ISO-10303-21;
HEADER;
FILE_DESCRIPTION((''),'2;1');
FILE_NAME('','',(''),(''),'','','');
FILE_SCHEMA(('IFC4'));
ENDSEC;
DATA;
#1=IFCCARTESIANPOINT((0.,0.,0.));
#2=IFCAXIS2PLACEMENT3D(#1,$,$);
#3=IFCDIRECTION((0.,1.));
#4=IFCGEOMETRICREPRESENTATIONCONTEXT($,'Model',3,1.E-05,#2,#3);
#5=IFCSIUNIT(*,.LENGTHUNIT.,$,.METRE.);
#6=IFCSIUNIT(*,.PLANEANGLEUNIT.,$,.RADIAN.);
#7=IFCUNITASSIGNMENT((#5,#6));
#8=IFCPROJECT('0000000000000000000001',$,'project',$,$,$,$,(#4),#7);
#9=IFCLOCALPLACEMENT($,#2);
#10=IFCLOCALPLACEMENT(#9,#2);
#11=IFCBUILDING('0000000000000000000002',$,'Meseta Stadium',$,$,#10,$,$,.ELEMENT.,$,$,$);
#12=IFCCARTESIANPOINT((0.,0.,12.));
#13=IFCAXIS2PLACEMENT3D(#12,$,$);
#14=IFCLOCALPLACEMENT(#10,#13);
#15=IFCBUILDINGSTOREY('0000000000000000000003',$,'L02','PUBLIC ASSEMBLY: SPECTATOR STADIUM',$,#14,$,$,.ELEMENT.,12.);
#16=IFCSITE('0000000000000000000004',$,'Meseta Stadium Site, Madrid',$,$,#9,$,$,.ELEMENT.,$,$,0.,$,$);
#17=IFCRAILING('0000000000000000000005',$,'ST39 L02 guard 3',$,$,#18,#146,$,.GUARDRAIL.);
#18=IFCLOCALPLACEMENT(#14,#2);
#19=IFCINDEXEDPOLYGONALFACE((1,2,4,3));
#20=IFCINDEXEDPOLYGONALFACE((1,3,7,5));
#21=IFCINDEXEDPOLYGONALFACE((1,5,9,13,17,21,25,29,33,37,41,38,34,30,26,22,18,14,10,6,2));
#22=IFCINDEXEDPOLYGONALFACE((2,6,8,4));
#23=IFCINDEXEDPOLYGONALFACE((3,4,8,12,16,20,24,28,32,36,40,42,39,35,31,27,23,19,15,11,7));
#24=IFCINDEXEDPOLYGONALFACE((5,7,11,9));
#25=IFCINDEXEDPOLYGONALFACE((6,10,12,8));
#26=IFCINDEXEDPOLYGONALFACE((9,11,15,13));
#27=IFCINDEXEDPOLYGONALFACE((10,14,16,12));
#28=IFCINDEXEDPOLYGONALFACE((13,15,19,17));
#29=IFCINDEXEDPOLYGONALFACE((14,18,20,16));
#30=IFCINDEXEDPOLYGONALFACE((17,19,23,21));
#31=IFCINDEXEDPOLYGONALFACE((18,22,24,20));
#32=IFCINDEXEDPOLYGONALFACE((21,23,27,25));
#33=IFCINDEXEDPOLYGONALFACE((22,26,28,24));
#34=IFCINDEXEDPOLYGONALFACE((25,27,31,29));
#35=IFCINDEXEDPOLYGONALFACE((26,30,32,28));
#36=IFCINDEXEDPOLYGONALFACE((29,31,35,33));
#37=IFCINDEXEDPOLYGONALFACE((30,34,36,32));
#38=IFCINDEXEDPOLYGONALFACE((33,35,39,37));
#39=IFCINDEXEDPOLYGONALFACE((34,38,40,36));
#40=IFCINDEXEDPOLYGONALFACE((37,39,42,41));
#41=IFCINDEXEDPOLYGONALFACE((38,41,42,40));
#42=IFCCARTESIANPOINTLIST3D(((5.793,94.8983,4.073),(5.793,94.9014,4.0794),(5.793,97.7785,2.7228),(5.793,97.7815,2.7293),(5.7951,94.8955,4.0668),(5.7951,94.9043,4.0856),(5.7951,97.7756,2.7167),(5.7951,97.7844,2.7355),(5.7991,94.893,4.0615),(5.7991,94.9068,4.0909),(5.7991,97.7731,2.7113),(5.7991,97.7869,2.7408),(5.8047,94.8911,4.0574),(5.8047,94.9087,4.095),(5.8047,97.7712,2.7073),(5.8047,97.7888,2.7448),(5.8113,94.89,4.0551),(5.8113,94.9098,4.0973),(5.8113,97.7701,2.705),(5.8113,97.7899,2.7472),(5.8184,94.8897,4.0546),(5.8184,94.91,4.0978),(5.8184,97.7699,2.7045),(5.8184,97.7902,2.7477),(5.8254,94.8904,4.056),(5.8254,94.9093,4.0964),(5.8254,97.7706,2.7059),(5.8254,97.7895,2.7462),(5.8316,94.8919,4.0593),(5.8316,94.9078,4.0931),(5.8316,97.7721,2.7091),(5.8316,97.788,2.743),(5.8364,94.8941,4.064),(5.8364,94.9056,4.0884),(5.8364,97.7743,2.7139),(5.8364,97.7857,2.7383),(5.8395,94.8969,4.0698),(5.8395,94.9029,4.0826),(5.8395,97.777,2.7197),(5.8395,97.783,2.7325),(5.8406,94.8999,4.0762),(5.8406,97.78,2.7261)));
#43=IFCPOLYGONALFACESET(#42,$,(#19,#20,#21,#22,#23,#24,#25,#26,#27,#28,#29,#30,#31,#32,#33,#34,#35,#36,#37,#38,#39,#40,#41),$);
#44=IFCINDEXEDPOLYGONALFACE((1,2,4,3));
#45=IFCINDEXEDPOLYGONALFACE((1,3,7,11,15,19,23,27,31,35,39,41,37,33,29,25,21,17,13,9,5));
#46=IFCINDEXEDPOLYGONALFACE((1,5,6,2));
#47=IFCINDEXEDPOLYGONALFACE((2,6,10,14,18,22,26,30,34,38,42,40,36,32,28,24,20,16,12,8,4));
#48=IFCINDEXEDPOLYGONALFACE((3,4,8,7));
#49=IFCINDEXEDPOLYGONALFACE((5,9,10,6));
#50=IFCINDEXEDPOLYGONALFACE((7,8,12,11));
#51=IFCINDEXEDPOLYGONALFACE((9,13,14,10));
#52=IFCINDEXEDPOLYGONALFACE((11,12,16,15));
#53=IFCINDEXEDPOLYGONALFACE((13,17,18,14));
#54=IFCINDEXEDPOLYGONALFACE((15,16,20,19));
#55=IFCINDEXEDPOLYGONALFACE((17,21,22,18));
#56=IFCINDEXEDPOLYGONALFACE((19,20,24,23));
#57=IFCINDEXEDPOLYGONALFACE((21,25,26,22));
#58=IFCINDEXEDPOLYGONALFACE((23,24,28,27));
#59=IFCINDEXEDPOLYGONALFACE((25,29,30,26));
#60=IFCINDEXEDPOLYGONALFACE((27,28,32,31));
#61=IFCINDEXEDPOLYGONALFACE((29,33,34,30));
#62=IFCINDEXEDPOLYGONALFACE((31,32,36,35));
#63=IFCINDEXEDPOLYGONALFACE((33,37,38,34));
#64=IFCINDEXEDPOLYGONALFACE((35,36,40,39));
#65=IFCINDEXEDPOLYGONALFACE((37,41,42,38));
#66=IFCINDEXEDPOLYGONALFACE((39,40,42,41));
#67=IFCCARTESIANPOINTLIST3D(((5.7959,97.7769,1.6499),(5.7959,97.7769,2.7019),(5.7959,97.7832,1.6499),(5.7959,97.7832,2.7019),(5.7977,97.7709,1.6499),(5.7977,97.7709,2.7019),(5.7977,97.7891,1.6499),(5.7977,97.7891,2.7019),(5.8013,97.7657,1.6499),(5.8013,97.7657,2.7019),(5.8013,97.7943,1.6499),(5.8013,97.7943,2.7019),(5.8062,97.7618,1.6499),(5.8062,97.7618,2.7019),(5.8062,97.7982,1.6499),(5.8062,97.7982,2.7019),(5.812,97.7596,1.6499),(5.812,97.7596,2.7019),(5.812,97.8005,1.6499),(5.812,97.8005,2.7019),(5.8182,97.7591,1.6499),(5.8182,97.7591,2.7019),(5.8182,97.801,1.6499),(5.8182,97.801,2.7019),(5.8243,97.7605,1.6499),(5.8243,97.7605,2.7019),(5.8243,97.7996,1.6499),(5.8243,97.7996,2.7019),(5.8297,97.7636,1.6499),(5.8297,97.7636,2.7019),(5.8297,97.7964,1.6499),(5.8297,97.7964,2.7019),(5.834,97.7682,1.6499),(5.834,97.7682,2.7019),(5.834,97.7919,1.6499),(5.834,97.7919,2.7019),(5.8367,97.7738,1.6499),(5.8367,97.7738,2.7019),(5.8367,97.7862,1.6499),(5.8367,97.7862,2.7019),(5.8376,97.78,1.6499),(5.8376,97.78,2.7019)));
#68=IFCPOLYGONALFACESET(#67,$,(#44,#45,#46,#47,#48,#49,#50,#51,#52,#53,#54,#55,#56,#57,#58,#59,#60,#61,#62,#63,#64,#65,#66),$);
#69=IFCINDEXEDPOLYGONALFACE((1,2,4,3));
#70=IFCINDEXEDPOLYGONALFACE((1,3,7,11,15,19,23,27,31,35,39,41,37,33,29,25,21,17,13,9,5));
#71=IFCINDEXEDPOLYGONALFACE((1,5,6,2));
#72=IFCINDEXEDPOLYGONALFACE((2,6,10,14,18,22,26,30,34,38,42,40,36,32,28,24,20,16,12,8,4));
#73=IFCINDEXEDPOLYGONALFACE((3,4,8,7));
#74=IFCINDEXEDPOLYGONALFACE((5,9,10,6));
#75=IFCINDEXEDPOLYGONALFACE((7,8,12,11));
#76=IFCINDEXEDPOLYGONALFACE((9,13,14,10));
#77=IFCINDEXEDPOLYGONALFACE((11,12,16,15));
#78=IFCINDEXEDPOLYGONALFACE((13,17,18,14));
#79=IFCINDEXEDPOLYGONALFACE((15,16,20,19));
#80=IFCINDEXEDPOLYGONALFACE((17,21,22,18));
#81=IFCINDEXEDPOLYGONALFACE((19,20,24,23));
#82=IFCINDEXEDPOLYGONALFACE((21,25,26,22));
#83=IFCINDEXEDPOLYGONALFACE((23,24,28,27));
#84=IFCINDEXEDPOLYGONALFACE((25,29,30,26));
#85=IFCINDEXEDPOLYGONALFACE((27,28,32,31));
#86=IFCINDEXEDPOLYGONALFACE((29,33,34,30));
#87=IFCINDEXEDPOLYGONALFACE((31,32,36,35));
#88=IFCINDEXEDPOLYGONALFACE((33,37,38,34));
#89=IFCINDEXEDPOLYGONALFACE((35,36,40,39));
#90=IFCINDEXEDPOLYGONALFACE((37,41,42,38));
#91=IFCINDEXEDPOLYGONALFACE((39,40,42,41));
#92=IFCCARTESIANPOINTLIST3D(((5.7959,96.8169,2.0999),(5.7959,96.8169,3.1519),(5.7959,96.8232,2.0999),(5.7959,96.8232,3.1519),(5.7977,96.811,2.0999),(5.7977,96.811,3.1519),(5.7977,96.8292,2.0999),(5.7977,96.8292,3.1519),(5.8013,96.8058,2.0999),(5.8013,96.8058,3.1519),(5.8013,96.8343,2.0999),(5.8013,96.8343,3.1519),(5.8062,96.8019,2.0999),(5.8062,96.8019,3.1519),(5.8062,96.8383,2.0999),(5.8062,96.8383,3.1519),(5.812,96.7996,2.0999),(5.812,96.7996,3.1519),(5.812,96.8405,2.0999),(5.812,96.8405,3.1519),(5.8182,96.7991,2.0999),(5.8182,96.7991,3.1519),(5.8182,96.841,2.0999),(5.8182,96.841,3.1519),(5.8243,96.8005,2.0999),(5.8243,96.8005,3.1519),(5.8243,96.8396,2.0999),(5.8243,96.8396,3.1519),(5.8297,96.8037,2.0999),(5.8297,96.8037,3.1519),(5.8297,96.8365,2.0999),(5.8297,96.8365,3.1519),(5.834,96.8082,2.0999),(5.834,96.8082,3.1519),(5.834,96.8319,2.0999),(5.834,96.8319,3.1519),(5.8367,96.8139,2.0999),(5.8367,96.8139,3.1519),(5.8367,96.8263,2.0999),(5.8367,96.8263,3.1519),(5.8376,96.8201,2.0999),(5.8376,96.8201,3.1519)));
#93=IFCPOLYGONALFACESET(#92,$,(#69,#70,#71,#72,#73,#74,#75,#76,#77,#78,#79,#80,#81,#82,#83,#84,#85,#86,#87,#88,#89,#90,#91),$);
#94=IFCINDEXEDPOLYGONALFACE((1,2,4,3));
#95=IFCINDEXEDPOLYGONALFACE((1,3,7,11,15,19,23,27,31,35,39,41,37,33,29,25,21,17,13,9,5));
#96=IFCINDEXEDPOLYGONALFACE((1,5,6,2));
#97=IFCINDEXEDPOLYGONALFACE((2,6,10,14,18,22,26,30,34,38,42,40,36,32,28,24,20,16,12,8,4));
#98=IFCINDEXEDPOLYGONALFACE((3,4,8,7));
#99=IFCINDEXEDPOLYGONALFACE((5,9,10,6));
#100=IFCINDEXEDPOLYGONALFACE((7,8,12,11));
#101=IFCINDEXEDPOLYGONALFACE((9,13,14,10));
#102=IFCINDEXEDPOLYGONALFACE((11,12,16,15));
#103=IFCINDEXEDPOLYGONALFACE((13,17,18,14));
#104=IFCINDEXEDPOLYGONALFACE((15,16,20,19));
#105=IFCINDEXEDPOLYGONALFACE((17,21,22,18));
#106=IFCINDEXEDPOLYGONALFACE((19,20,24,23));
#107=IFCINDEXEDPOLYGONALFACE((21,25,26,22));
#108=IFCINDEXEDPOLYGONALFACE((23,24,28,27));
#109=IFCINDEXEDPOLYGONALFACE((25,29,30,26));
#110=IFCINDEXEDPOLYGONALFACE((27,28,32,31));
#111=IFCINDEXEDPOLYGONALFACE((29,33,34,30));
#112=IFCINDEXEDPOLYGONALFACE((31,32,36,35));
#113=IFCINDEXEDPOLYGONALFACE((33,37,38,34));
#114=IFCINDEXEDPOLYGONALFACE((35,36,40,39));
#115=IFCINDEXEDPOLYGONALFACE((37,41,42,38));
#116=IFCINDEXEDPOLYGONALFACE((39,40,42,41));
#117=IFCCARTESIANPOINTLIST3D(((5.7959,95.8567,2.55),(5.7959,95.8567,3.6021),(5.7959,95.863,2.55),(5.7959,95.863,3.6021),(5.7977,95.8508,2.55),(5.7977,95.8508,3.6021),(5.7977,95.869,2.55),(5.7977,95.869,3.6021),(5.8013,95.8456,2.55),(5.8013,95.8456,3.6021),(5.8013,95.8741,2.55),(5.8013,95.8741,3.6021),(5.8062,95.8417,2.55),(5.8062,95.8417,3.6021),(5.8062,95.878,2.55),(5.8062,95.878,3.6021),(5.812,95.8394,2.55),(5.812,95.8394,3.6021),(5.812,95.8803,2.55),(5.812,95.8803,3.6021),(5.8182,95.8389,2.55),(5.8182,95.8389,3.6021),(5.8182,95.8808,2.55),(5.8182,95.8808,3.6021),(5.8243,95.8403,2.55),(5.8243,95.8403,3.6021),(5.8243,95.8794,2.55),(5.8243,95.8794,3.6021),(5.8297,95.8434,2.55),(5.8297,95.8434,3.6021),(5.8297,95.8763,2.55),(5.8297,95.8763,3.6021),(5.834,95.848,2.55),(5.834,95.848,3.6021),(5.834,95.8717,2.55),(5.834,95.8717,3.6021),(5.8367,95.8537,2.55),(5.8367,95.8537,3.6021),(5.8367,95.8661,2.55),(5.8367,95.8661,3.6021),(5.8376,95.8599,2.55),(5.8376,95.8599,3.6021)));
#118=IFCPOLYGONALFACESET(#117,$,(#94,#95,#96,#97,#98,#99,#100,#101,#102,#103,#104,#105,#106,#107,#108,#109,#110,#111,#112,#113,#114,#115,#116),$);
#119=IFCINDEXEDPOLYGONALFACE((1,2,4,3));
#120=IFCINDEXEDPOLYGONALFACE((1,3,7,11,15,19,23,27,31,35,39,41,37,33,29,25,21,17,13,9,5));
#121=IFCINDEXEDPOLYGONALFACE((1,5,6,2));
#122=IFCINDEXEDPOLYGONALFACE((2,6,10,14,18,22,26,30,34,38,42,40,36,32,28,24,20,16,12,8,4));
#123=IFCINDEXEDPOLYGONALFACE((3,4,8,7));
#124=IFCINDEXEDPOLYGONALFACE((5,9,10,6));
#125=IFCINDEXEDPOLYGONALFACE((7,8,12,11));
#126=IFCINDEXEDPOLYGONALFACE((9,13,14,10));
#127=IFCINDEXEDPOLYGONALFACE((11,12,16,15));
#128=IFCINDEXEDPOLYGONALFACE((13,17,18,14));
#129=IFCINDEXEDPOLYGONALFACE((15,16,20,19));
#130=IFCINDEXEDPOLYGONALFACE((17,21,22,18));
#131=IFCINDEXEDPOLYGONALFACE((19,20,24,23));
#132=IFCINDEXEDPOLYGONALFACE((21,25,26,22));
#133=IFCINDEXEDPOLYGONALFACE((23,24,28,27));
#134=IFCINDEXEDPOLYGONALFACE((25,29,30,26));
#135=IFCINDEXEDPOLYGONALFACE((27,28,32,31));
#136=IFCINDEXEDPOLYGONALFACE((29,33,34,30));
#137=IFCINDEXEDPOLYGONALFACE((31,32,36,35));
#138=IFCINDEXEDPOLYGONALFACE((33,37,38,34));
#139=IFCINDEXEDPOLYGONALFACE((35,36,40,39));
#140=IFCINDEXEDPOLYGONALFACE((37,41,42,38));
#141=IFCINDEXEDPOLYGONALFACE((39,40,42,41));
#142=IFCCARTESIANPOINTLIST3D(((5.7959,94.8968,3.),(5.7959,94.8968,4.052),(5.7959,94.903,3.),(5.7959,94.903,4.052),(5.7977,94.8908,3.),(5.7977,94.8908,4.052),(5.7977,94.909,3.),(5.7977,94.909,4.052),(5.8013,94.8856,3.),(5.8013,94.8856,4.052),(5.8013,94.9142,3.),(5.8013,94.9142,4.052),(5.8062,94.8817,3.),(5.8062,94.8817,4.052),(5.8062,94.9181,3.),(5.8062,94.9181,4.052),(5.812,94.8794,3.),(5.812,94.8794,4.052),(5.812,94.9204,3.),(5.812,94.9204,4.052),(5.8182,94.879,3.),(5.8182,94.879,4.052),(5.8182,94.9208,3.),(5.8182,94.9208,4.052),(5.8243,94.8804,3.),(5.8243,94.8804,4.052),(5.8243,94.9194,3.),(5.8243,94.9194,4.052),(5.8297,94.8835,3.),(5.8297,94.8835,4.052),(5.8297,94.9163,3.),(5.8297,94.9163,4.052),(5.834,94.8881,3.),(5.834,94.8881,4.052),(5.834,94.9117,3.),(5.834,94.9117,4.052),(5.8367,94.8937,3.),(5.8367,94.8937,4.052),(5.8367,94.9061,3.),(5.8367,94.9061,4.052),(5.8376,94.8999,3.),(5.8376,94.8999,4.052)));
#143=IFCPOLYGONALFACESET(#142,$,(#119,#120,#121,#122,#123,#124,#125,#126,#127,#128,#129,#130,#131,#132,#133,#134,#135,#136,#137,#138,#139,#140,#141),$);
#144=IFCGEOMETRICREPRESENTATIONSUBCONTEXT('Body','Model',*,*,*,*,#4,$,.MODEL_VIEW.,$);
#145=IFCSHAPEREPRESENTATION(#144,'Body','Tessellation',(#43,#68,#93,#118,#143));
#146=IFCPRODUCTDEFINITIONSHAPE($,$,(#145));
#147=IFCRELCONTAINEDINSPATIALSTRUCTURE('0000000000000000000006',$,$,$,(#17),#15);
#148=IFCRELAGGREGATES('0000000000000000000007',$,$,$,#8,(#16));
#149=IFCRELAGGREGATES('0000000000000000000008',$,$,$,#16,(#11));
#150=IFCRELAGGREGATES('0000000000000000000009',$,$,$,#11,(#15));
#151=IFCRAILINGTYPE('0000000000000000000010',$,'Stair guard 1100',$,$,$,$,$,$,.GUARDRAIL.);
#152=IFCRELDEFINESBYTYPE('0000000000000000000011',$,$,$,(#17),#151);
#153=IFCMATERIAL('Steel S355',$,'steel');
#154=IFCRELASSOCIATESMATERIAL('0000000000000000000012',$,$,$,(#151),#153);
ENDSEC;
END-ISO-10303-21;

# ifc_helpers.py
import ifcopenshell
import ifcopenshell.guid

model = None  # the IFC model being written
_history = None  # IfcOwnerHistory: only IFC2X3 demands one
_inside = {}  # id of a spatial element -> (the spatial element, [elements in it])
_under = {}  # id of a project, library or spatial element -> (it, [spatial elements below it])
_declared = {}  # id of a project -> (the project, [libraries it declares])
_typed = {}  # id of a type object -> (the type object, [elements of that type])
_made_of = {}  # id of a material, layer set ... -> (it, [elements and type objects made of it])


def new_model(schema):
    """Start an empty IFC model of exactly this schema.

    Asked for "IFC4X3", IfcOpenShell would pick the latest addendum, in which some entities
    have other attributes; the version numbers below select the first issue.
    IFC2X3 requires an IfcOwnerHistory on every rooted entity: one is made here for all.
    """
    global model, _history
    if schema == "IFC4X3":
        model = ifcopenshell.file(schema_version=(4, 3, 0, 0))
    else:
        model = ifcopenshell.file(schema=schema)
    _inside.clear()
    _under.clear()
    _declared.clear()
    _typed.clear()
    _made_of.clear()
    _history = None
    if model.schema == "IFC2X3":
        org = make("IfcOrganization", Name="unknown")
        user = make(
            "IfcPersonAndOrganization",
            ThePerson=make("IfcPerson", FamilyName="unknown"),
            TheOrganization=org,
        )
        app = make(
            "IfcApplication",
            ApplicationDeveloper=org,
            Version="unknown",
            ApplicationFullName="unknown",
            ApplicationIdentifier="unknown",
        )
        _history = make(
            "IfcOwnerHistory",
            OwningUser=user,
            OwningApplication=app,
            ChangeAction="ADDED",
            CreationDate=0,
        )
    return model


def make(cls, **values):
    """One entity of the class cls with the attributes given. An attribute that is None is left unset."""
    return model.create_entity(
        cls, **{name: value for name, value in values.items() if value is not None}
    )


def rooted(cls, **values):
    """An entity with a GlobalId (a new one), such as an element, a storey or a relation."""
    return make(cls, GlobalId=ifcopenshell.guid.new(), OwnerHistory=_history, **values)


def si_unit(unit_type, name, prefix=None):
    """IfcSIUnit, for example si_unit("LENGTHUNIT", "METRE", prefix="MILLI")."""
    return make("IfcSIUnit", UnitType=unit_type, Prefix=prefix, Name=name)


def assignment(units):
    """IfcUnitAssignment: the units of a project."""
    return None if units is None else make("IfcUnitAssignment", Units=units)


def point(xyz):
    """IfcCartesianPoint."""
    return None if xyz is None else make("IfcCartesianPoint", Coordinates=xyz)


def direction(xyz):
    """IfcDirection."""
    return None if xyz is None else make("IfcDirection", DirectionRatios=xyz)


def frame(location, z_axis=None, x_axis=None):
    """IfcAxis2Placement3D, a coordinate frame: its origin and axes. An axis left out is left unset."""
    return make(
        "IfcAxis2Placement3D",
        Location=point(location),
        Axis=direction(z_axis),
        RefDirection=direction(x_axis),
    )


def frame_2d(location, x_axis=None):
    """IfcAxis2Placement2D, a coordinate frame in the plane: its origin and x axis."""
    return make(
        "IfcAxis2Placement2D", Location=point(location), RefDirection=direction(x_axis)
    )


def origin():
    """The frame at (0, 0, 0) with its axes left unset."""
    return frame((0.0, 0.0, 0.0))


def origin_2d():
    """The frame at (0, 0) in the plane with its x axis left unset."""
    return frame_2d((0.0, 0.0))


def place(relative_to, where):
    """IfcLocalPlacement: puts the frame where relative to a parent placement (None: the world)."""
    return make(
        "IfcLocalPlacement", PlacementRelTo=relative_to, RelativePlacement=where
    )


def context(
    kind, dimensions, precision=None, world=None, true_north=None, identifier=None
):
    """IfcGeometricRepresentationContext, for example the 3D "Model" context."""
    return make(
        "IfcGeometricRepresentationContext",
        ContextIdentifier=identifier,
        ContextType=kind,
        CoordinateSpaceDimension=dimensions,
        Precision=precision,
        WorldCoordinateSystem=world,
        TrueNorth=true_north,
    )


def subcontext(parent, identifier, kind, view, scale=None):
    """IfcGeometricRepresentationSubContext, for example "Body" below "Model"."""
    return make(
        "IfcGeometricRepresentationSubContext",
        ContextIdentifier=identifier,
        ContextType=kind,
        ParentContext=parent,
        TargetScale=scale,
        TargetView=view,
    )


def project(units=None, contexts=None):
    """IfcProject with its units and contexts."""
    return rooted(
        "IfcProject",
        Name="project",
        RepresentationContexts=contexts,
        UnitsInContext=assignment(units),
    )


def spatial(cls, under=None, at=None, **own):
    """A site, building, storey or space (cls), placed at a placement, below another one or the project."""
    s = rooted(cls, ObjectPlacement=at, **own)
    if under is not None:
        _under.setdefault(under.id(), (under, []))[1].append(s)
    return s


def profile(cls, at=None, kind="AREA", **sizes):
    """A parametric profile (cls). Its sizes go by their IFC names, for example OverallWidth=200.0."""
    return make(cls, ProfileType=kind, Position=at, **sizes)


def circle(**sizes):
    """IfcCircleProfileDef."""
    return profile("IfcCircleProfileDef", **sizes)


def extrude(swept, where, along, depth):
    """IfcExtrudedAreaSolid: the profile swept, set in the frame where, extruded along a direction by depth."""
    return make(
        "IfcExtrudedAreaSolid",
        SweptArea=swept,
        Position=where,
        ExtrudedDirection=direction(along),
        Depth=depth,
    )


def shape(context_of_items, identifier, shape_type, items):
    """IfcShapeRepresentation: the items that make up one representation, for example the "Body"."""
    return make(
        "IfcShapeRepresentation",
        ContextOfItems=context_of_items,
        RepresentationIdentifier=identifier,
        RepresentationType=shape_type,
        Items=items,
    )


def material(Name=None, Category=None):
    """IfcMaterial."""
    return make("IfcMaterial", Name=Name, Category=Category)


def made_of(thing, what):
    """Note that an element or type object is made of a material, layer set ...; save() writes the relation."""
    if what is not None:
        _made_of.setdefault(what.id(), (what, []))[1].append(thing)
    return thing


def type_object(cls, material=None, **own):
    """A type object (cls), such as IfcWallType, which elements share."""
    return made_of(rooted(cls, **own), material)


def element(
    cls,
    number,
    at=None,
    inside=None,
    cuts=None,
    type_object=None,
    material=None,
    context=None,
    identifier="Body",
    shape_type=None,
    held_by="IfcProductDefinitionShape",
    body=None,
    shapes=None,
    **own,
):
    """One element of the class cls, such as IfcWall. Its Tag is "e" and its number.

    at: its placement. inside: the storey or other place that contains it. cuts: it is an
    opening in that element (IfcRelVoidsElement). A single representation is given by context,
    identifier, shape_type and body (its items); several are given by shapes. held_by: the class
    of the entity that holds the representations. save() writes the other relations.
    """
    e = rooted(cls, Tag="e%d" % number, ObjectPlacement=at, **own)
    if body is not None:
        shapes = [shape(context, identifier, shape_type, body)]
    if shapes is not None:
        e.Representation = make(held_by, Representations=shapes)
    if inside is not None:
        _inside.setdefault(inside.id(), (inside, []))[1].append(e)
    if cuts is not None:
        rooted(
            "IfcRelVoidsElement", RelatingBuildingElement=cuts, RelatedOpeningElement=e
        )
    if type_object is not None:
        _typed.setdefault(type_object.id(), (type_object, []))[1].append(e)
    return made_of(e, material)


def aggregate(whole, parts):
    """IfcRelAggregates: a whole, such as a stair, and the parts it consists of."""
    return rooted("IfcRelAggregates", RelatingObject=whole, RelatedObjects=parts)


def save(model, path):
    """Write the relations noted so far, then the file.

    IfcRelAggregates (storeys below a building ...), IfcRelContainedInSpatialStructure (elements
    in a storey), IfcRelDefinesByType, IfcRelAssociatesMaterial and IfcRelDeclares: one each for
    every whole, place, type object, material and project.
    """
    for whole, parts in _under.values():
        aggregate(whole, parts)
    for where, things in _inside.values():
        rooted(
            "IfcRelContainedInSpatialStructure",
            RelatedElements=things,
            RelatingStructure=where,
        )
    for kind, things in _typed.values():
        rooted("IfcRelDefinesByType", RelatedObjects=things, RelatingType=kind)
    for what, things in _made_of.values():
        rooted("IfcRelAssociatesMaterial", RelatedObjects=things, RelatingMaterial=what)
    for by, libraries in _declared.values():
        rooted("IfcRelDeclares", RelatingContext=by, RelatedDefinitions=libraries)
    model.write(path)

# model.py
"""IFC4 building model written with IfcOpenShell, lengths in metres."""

from ifc_helpers import new_model, si_unit, direction, frame, origin, origin_2d, place, context, subcontext, project, spatial, circle, extrude, material, type_object, element, save


model = new_model("IFC4")

# Units and contexts
model_context = context("Model", 3, precision=1e-05, world=origin(), true_north=direction((0.0, 1.0)))
body_context = subcontext(model_context, "Body", "Model", "MODEL_VIEW")
ifc_project = project(units=[si_unit("LENGTHUNIT", "METRE"), si_unit("PLANEANGLEUNIT", "RADIAN")], contexts=[model_context])

# Site, building, storey
site_placement = place(None, origin())
site = spatial("IfcSite", under=ifc_project, at=site_placement, Name="Meseta Stadium Site, Madrid", CompositionType="ELEMENT", RefElevation=0.0)
building_placement = place(site_placement, origin())
building = spatial("IfcBuilding", under=site, at=building_placement, Name="Meseta Stadium", CompositionType="ELEMENT")
storey_placement = place(building_placement, frame((0.0, 0.0, 12.0)))
storey = spatial("IfcBuildingStorey", under=building, at=storey_placement, Name="L02", Description="PUBLIC ASSEMBLY: SPECTATOR STADIUM", CompositionType="ELEMENT", Elevation=12.0)

# Railing
ifc_material_1 = material(Name="Steel S355", Category="steel")
railing_type_1 = type_object("IfcRailingType", Name="Stair guard 1100", PredefinedType="GUARDRAIL", material=ifc_material_1)
railing_1_placement = place(storey_placement, frame((5.8167, 97.78, 1.6499)))
element("IfcRailing", 1, at=railing_1_placement, inside=storey, type_object=railing_type_1, Name="ST39 L02 guard 3", PredefinedType="GUARDRAIL", context=body_context, shape_type="SweptSolid", body=[
    extrude(circle(Radius=0.0239, at=origin_2d()), frame((0.0, 0.0, 1.0762), z_axis=(0.0, -0.905454, 0.424444), x_axis=(1.0, 0.0, 0.0)), (0.0, 0.0, 1.0), 3.1809),
    extrude(circle(Radius=0.021, at=origin_2d()), origin(), (0.0, 0.0, 1.0), 1.052),
    extrude(circle(Radius=0.021, at=origin_2d()), frame((0.0, -0.96, 0.45)), (0.0, 0.0, 1.0), 1.052),
    extrude(circle(Radius=0.021, at=origin_2d()), frame((0.0, -1.9202, 0.9001)), (0.0, 0.0, 1.0), 1.052),
    extrude(circle(Radius=0.021, at=origin_2d()), frame((0.0, -2.8801, 1.3501)), (0.0, 0.0, 1.0), 1.052),
])

save(model, "model.ifc")
